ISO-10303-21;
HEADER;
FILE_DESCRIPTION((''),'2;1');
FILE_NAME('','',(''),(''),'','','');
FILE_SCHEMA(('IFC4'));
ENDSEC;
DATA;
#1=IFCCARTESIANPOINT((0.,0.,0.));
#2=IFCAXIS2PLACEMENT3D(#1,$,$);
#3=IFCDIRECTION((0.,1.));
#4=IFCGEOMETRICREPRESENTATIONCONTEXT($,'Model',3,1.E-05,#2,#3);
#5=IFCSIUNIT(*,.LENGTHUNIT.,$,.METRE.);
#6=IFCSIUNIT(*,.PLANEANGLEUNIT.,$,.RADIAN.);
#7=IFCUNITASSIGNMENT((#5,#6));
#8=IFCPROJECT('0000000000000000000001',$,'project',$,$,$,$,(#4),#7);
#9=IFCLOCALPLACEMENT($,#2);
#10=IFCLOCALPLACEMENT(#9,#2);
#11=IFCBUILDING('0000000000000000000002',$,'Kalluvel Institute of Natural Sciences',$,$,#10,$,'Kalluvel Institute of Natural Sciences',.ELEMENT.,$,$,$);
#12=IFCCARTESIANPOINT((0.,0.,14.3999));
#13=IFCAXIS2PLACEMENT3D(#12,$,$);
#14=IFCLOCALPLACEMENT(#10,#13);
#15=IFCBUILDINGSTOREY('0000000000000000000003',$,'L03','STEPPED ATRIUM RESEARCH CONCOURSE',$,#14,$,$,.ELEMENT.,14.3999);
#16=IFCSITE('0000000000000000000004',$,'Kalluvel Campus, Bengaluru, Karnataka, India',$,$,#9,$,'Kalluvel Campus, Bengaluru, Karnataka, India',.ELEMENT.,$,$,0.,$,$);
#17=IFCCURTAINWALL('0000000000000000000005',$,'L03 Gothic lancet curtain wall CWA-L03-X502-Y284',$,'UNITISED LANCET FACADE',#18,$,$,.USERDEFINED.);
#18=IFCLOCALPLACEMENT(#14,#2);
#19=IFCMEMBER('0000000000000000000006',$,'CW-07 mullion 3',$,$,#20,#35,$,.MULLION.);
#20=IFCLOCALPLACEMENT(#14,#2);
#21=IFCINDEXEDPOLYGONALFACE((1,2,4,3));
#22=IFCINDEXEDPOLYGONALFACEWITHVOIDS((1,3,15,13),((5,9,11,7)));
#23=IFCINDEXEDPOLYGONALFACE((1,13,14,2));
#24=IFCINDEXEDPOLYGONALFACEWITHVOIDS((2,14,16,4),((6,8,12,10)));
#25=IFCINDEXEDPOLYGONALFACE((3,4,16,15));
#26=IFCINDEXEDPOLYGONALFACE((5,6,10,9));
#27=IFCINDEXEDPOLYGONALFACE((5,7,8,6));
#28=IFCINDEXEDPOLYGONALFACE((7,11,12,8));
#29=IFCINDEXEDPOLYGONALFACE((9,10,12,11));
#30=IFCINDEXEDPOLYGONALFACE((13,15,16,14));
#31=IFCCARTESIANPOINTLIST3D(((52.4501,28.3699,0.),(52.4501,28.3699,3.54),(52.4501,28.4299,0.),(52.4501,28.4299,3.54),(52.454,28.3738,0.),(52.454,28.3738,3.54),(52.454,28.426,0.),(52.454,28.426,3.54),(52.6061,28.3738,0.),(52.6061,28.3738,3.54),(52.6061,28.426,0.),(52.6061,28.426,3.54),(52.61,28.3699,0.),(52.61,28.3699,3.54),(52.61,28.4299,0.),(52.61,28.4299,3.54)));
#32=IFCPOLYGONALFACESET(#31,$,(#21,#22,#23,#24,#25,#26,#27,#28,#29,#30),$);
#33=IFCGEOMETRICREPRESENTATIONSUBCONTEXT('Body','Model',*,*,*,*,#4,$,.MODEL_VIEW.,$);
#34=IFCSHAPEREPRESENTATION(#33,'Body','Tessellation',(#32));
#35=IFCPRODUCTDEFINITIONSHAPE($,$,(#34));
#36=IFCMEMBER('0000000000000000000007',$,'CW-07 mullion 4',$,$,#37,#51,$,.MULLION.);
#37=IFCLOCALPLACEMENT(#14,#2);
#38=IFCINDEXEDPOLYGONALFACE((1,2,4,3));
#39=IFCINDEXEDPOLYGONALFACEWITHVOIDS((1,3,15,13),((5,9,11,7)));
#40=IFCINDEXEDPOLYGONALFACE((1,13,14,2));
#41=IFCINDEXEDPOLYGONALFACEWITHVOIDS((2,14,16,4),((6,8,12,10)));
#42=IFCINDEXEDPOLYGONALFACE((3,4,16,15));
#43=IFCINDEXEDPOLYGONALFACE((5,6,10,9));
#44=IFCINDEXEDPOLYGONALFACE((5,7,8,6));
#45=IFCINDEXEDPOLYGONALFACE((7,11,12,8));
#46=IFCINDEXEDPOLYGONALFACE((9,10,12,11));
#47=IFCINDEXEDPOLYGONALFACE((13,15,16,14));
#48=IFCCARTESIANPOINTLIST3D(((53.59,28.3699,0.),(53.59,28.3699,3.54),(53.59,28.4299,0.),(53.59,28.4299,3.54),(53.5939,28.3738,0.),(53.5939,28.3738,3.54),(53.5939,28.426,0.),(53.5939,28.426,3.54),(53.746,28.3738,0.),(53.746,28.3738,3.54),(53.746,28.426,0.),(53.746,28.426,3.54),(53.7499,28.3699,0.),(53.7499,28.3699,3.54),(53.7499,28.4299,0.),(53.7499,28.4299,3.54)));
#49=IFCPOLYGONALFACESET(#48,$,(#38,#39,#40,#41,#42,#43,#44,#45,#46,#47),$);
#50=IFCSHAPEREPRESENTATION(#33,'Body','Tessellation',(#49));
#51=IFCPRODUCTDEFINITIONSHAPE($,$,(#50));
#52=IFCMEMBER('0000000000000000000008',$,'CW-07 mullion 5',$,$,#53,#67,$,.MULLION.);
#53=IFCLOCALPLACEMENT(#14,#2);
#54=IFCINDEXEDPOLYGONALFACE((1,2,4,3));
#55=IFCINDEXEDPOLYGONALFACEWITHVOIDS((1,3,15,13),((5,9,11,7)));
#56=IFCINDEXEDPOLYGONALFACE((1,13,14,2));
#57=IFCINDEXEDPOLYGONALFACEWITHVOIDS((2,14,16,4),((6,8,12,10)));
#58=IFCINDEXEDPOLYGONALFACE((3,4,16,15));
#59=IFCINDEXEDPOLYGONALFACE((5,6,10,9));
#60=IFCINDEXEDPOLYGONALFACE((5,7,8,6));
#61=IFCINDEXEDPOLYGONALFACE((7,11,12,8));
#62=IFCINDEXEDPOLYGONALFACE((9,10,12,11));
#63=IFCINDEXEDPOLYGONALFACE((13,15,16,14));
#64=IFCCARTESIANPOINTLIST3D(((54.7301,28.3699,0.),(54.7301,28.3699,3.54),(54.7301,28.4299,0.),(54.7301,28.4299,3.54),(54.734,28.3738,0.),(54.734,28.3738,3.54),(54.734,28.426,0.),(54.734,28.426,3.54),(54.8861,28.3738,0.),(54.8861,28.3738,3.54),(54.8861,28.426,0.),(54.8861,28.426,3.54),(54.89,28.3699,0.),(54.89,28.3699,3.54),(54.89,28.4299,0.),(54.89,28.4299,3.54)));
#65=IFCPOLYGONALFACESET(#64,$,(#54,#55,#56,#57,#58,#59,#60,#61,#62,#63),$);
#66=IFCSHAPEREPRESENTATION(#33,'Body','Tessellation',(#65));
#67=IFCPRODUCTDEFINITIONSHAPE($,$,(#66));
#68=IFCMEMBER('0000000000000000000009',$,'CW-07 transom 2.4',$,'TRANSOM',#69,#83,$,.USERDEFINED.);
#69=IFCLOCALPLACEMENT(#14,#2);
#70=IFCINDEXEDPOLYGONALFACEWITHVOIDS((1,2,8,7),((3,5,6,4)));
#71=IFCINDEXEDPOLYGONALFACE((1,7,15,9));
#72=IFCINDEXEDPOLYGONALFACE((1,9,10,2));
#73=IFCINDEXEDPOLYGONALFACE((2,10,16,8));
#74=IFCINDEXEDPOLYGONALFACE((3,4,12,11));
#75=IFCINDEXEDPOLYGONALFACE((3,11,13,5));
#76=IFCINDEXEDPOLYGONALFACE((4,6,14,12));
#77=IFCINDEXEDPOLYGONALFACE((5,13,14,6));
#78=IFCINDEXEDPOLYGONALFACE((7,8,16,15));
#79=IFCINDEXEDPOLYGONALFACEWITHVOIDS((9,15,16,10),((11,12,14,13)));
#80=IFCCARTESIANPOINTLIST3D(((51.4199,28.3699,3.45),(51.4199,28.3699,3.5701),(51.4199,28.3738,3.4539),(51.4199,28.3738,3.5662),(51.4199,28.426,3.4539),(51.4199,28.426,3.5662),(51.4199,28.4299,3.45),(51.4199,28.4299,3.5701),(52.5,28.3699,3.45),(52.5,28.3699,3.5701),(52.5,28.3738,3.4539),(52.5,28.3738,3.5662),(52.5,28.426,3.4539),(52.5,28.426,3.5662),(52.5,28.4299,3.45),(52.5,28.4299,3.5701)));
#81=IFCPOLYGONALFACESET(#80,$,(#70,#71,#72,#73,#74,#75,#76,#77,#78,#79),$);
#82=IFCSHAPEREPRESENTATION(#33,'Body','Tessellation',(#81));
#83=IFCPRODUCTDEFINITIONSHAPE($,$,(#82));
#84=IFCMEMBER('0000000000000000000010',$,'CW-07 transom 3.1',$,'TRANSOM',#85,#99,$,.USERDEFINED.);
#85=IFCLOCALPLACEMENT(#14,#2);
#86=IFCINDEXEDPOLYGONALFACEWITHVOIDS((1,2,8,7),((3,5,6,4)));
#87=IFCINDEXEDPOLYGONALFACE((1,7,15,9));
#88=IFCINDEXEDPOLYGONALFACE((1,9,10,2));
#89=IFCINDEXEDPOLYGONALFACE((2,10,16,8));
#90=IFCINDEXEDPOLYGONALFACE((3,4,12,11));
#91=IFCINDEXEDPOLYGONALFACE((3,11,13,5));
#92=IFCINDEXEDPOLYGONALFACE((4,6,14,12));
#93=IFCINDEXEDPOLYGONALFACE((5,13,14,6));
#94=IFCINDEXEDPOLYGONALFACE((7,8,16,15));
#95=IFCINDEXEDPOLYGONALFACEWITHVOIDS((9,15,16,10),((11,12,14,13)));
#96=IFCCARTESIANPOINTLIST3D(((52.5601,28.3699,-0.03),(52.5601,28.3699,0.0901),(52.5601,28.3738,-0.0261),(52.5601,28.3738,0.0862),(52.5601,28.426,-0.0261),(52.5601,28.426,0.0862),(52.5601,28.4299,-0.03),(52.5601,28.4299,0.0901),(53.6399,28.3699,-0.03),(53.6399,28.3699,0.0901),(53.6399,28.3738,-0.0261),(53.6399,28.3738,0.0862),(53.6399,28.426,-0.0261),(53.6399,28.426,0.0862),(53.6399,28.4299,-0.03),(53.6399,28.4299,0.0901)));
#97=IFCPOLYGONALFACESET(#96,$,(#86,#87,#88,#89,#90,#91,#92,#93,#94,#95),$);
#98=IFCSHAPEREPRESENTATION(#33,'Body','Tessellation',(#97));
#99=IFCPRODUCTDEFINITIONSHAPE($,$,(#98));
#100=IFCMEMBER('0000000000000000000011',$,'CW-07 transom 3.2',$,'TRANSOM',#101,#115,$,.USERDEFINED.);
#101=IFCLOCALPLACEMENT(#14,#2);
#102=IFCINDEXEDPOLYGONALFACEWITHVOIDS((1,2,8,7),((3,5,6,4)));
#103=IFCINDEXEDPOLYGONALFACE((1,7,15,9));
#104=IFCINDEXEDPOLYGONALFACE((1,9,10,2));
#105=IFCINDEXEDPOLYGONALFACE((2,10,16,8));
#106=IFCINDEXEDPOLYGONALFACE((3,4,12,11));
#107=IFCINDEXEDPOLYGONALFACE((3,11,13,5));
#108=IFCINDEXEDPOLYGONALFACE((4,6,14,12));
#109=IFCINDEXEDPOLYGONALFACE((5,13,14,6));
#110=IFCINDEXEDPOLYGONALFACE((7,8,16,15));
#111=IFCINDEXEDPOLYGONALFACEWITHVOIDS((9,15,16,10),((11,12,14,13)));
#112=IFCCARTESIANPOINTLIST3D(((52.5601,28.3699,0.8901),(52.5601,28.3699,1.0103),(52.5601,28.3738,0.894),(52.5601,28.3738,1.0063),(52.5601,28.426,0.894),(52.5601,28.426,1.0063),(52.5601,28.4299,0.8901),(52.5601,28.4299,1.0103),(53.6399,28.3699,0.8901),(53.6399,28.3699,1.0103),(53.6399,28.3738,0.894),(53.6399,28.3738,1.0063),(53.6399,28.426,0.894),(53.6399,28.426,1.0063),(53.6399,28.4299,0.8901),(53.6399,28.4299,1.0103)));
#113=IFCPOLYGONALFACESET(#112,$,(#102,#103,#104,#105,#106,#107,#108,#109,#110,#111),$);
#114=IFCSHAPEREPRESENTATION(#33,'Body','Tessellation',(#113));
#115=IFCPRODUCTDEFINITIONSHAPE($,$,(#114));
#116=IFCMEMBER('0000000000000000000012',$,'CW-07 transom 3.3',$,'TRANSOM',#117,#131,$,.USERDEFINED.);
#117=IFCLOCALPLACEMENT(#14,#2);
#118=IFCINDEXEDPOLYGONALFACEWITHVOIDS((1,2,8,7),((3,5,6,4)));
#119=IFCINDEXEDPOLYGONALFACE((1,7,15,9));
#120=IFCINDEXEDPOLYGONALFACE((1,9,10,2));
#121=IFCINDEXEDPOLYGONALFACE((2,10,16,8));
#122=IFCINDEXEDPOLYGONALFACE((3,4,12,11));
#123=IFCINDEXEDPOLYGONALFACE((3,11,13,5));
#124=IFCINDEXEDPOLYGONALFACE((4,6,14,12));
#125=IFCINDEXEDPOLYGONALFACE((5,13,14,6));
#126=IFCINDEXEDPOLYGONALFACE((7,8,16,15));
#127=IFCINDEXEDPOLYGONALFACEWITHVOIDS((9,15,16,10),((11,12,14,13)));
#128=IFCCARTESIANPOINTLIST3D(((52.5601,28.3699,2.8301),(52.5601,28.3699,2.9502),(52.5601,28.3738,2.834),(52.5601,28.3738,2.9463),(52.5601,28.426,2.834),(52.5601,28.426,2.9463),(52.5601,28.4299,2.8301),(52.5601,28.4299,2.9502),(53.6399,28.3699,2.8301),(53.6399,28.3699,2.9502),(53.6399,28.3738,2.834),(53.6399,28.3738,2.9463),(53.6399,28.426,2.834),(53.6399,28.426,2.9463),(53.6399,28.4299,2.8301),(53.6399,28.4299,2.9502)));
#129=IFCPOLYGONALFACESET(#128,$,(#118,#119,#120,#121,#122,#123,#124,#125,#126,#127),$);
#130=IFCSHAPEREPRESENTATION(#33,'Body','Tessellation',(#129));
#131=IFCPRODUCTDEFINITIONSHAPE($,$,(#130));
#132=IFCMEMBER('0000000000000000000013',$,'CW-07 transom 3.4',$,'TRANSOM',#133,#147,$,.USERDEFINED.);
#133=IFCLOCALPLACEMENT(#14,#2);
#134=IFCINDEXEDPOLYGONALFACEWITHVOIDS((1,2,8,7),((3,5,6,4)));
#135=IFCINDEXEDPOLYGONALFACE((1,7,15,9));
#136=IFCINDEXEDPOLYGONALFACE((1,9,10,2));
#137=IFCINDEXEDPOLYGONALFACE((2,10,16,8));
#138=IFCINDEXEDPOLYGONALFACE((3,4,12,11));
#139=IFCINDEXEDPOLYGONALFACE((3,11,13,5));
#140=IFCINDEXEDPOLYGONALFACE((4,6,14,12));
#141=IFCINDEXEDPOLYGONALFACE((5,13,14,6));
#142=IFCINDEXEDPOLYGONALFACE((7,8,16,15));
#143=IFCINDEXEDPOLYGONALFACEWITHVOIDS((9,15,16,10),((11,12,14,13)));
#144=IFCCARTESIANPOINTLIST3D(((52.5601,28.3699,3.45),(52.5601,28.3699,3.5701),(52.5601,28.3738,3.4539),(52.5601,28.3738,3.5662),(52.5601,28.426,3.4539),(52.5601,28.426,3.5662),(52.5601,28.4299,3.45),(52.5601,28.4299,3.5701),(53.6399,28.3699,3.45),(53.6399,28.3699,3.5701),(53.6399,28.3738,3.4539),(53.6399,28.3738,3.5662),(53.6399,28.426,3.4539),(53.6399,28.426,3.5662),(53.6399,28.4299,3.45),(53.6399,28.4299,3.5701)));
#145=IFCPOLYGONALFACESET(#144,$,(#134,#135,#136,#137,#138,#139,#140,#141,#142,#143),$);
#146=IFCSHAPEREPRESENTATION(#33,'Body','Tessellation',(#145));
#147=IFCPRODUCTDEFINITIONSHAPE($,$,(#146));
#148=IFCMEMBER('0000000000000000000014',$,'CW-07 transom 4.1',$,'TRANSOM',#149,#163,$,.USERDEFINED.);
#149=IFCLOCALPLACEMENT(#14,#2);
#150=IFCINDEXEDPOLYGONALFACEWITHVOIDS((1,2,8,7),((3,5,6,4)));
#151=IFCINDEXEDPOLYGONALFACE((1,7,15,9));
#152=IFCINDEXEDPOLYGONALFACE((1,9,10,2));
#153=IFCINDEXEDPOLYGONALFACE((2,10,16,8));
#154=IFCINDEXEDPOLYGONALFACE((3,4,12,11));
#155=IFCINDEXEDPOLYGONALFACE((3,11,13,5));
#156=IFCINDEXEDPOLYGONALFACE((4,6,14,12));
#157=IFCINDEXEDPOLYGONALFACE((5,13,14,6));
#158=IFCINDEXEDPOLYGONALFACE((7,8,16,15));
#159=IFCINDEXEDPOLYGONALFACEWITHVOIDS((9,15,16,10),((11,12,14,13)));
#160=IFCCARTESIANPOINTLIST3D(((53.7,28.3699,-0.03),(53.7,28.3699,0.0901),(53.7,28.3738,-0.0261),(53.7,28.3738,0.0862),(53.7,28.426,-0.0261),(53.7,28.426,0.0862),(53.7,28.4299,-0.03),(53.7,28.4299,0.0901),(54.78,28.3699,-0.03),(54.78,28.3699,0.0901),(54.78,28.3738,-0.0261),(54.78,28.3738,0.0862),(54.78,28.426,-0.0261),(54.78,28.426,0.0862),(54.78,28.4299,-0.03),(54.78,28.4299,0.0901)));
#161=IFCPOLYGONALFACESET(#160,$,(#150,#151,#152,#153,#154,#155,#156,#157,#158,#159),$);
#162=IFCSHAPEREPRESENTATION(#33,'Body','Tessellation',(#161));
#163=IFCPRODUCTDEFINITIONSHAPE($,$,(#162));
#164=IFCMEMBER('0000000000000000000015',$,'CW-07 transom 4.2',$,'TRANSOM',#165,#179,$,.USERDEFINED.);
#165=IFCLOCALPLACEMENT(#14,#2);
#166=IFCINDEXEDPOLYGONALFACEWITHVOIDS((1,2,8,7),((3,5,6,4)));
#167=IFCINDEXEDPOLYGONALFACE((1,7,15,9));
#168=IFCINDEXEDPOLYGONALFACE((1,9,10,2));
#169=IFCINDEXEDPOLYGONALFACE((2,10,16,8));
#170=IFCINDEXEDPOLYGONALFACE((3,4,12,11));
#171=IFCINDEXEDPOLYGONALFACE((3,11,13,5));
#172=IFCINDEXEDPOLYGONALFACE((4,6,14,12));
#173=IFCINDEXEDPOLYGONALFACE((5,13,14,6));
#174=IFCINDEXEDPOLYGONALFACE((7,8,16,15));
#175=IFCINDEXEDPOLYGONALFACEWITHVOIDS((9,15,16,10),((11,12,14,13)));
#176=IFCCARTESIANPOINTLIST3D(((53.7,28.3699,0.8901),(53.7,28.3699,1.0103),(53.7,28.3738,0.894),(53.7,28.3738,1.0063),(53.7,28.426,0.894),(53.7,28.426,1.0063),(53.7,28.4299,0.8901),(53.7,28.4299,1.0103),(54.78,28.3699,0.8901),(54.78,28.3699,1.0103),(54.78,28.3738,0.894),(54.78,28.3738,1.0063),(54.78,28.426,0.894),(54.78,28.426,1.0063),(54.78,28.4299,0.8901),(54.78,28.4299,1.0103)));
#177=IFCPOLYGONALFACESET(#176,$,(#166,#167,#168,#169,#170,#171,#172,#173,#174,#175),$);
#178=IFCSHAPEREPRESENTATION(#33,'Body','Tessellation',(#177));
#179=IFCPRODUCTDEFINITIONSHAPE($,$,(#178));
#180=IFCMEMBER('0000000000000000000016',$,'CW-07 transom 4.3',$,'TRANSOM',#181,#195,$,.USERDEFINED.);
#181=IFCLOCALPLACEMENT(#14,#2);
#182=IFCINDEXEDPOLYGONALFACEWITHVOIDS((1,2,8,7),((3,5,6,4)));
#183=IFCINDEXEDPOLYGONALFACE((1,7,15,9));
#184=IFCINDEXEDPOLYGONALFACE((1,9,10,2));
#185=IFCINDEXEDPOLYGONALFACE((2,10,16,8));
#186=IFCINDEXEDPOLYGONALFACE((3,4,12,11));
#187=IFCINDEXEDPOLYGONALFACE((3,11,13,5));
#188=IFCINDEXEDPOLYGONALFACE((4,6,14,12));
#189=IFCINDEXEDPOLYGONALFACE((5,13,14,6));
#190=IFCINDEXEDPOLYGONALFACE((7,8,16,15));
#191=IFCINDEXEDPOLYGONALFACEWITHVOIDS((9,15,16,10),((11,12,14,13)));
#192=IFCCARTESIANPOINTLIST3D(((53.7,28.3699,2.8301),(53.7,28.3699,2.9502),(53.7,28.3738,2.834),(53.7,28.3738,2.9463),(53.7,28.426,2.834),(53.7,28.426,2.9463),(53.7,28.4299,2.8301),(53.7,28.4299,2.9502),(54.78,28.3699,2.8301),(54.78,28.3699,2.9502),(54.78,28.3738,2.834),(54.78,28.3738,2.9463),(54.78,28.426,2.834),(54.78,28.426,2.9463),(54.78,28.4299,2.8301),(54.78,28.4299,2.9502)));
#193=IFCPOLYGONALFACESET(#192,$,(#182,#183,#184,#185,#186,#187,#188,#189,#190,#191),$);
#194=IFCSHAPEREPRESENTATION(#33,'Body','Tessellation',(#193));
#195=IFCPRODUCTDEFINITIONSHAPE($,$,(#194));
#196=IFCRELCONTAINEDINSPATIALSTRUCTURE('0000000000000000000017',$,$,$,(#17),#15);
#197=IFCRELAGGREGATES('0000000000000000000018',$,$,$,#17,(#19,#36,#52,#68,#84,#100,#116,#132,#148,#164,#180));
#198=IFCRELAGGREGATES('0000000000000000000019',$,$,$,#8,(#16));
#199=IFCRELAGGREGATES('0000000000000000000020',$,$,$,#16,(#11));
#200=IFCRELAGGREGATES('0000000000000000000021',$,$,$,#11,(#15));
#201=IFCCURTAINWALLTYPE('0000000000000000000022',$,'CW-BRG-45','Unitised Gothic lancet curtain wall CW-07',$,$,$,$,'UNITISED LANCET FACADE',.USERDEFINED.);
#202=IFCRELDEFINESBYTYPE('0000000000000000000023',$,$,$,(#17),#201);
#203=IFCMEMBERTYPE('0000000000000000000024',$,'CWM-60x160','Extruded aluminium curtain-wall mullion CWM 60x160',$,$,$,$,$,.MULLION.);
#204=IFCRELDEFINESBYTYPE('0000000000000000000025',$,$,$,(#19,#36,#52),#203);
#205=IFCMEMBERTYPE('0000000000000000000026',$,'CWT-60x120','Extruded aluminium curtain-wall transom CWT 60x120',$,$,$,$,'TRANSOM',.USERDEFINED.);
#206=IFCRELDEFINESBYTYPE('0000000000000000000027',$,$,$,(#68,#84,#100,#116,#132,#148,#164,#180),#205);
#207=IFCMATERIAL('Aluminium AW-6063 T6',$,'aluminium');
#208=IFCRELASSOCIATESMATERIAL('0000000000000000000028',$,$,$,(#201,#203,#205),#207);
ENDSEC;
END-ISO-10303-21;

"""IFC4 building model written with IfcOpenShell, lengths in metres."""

from ifc_helpers import new_model, si_unit, direction, frame, origin, origin_2d, place, context, subcontext, project, spatial, hollow_rectangle, extrude, material, material_profile, profile_set, type_object, element, aggregate, save


model = new_model("IFC4")

# Units and contexts
model_context = context("Model", 3, precision=1e-05, world=origin(), true_north=direction((0.0, 1.0)))
body_context = subcontext(model_context, "Body", "Model", "MODEL_VIEW")
ifc_project = project(units=[si_unit("LENGTHUNIT", "METRE"), si_unit("PLANEANGLEUNIT", "RADIAN")], contexts=[model_context])

# Site, building, storey
site_placement = place(None, origin())
site = spatial("IfcSite", under=ifc_project, at=site_placement, Name="Kalluvel Campus, Bengaluru, Karnataka, India", LongName="Kalluvel Campus, Bengaluru, Karnataka, India", CompositionType="ELEMENT", RefElevation=0.0)
building_placement = place(site_placement, origin())
building = spatial("IfcBuilding", under=site, at=building_placement, Name="Kalluvel Institute of Natural Sciences", LongName="Kalluvel Institute of Natural Sciences", CompositionType="ELEMENT")
storey_placement = place(building_placement, frame((0.0, 0.0, 14.3999)))
storey = spatial("IfcBuildingStorey", under=building, at=storey_placement, Name="L03", Description="STEPPED ATRIUM RESEARCH CONCOURSE", CompositionType="ELEMENT", Elevation=14.3999)

# Curtain wall, members
ifc_material_1 = material(Name="Aluminium AW-6063 T6", Category="aluminium")
curtain_wall_type = type_object("IfcCurtainWallType", Name="CW-BRG-45", Description="Unitised Gothic lancet curtain wall CW-07", ElementType="UNITISED LANCET FACADE", PredefinedType="USERDEFINED", material=ifc_material_1)
curtain_wall_placement = place(storey_placement, origin())
curtain_wall = element("IfcCurtainWall", 1, at=curtain_wall_placement, inside=storey, type_object=curtain_wall_type, Name="L03 Gothic lancet curtain wall CWA-L03-X502-Y284", ObjectType="UNITISED LANCET FACADE", PredefinedType="USERDEFINED")
ifc_material_profile_1 = material_profile(ifc_material_1, hollow_rectangle(XDim=0.0601, YDim=0.1599, WallThickness=0.0039, at=origin_2d()), Name="CWM 60x160")
ifc_profile_set_1 = profile_set([ifc_material_profile_1], Name="Aluminium AW-6063 T6")
member_type_1 = type_object("IfcMemberType", Name="CWM-60x160", Description="Extruded aluminium curtain-wall mullion CWM 60x160", PredefinedType="MULLION", material=ifc_profile_set_1)
member_1_placement = place(storey_placement, frame((52.53, 28.3999, 0.0), z_axis=(0.0, 0.0, 1.0), x_axis=(0.0, 1.0, 0.0)))
member_1 = element("IfcMember", 2, at=member_1_placement, type_object=member_type_1, Name="CW-07 mullion 3", PredefinedType="MULLION", context=body_context, shape_type="SweptSolid", body=[
    extrude(hollow_rectangle(XDim=0.0601, YDim=0.1599, WallThickness=0.0039, at=origin_2d()), origin(), (0.0, 0.0, 1.0), 3.54),
])
member_2_placement = place(storey_placement, frame((53.6699, 28.3999, 0.0), z_axis=(0.0, 0.0, 1.0), x_axis=(0.0, 1.0, 0.0)))
member_2 = element("IfcMember", 3, at=member_2_placement, type_object=member_type_1, Name="CW-07 mullion 4", PredefinedType="MULLION", context=body_context, shape_type="SweptSolid", body=[
    extrude(hollow_rectangle(XDim=0.0601, YDim=0.1599, WallThickness=0.0039, at=origin_2d()), origin(), (0.0, 0.0, 1.0), 3.54),
])
member_3_placement = place(storey_placement, frame((54.8101, 28.3999, 0.0), z_axis=(0.0, 0.0, 1.0), x_axis=(0.0, 1.0, 0.0)))
member_3 = element("IfcMember", 4, at=member_3_placement, type_object=member_type_1, Name="CW-07 mullion 5", PredefinedType="MULLION", context=body_context, shape_type="SweptSolid", body=[
    extrude(hollow_rectangle(XDim=0.0601, YDim=0.1599, WallThickness=0.0039, at=origin_2d()), origin(), (0.0, 0.0, 1.0), 3.54),
])
ifc_material_profile_2 = material_profile(ifc_material_1, hollow_rectangle(XDim=0.0601, YDim=0.1201, WallThickness=0.0039, at=origin_2d()), Name="CWT 60x120")
ifc_profile_set_2 = profile_set([ifc_material_profile_2], Name="Aluminium AW-6063 T6")
member_type_2 = type_object("IfcMemberType", Name="CWT-60x120", Description="Extruded aluminium curtain-wall transom CWT 60x120", ElementType="TRANSOM", PredefinedType="USERDEFINED", material=ifc_profile_set_2)
member_4_placement = place(storey_placement, frame((51.4199, 28.3999, 3.51), z_axis=(1.0, 0.0, 0.0), x_axis=(0.0, 1.0, 0.0)))
member_4 = element("IfcMember", 5, at=member_4_placement, type_object=member_type_2, Name="CW-07 transom 2.4", ObjectType="TRANSOM", PredefinedType="USERDEFINED", context=body_context, shape_type="SweptSolid", body=[
    extrude(hollow_rectangle(XDim=0.0601, YDim=0.1201, WallThickness=0.0039, at=origin_2d()), origin(), (0.0, 0.0, 1.0), 1.0801),
])
member_5_placement = place(storey_placement, frame((52.5601, 28.3999, 0.03), z_axis=(1.0, 0.0, 0.0), x_axis=(0.0, 1.0, 0.0)))
member_5 = element("IfcMember", 6, at=member_5_placement, type_object=member_type_2, Name="CW-07 transom 3.1", ObjectType="TRANSOM", PredefinedType="USERDEFINED", context=body_context, shape_type="SweptSolid", body=[
    extrude(hollow_rectangle(XDim=0.0601, YDim=0.1201, WallThickness=0.0039, at=origin_2d()), origin(), (0.0, 0.0, 1.0), 1.0798),
])
member_6_placement = place(storey_placement, frame((52.5601, 28.3999, 0.9502), z_axis=(1.0, 0.0, 0.0), x_axis=(0.0, 1.0, 0.0)))
member_6 = element("IfcMember", 7, at=member_6_placement, type_object=member_type_2, Name="CW-07 transom 3.2", ObjectType="TRANSOM", PredefinedType="USERDEFINED", context=body_context, shape_type="SweptSolid", body=[
    extrude(hollow_rectangle(XDim=0.0601, YDim=0.1201, WallThickness=0.0039, at=origin_2d()), origin(), (0.0, 0.0, 1.0), 1.0798),
])
member_7_placement = place(storey_placement, frame((52.5601, 28.3999, 2.8901), z_axis=(1.0, 0.0, 0.0), x_axis=(0.0, 1.0, 0.0)))
member_7 = element("IfcMember", 8, at=member_7_placement, type_object=member_type_2, Name="CW-07 transom 3.3", ObjectType="TRANSOM", PredefinedType="USERDEFINED", context=body_context, shape_type="SweptSolid", body=[
    extrude(hollow_rectangle(XDim=0.0601, YDim=0.1201, WallThickness=0.0039, at=origin_2d()), origin(), (0.0, 0.0, 1.0), 1.0798),
])
member_8_placement = place(storey_placement, frame((52.5601, 28.3999, 3.51), z_axis=(1.0, 0.0, 0.0), x_axis=(0.0, 1.0, 0.0)))
member_8 = element("IfcMember", 9, at=member_8_placement, type_object=member_type_2, Name="CW-07 transom 3.4", ObjectType="TRANSOM", PredefinedType="USERDEFINED", context=body_context, shape_type="SweptSolid", body=[
    extrude(hollow_rectangle(XDim=0.0601, YDim=0.1201, WallThickness=0.0039, at=origin_2d()), origin(), (0.0, 0.0, 1.0), 1.0798),
])
member_9_placement = place(storey_placement, frame((53.7, 28.3999, 0.03), z_axis=(1.0, 0.0, 0.0), x_axis=(0.0, 1.0, 0.0)))
member_9 = element("IfcMember", 10, at=member_9_placement, type_object=member_type_2, Name="CW-07 transom 4.1", ObjectType="TRANSOM", PredefinedType="USERDEFINED", context=body_context, shape_type="SweptSolid", body=[
    extrude(hollow_rectangle(XDim=0.0601, YDim=0.1201, WallThickness=0.0039, at=origin_2d()), origin(), (0.0, 0.0, 1.0), 1.0801),
])
member_10_placement = place(storey_placement, frame((53.7, 28.3999, 0.9502), z_axis=(1.0, 0.0, 0.0), x_axis=(0.0, 1.0, 0.0)))
member_10 = element("IfcMember", 11, at=member_10_placement, type_object=member_type_2, Name="CW-07 transom 4.2", ObjectType="TRANSOM", PredefinedType="USERDEFINED", context=body_context, shape_type="SweptSolid", body=[
    extrude(hollow_rectangle(XDim=0.0601, YDim=0.1201, WallThickness=0.0039, at=origin_2d()), origin(), (0.0, 0.0, 1.0), 1.0801),
])
member_11_placement = place(storey_placement, frame((53.7, 28.3999, 2.8901), z_axis=(1.0, 0.0, 0.0), x_axis=(0.0, 1.0, 0.0)))
member_11 = element("IfcMember", 12, at=member_11_placement, type_object=member_type_2, Name="CW-07 transom 4.3", ObjectType="TRANSOM", PredefinedType="USERDEFINED", context=body_context, shape_type="SweptSolid", body=[
    extrude(hollow_rectangle(XDim=0.0601, YDim=0.1201, WallThickness=0.0039, at=origin_2d()), origin(), (0.0, 0.0, 1.0), 1.0801),
])
aggregate(curtain_wall, [member_1, member_2, member_3, member_4, member_5, member_6, member_7, member_8, member_9, member_10, member_11])

save(model, "model.ifc")
